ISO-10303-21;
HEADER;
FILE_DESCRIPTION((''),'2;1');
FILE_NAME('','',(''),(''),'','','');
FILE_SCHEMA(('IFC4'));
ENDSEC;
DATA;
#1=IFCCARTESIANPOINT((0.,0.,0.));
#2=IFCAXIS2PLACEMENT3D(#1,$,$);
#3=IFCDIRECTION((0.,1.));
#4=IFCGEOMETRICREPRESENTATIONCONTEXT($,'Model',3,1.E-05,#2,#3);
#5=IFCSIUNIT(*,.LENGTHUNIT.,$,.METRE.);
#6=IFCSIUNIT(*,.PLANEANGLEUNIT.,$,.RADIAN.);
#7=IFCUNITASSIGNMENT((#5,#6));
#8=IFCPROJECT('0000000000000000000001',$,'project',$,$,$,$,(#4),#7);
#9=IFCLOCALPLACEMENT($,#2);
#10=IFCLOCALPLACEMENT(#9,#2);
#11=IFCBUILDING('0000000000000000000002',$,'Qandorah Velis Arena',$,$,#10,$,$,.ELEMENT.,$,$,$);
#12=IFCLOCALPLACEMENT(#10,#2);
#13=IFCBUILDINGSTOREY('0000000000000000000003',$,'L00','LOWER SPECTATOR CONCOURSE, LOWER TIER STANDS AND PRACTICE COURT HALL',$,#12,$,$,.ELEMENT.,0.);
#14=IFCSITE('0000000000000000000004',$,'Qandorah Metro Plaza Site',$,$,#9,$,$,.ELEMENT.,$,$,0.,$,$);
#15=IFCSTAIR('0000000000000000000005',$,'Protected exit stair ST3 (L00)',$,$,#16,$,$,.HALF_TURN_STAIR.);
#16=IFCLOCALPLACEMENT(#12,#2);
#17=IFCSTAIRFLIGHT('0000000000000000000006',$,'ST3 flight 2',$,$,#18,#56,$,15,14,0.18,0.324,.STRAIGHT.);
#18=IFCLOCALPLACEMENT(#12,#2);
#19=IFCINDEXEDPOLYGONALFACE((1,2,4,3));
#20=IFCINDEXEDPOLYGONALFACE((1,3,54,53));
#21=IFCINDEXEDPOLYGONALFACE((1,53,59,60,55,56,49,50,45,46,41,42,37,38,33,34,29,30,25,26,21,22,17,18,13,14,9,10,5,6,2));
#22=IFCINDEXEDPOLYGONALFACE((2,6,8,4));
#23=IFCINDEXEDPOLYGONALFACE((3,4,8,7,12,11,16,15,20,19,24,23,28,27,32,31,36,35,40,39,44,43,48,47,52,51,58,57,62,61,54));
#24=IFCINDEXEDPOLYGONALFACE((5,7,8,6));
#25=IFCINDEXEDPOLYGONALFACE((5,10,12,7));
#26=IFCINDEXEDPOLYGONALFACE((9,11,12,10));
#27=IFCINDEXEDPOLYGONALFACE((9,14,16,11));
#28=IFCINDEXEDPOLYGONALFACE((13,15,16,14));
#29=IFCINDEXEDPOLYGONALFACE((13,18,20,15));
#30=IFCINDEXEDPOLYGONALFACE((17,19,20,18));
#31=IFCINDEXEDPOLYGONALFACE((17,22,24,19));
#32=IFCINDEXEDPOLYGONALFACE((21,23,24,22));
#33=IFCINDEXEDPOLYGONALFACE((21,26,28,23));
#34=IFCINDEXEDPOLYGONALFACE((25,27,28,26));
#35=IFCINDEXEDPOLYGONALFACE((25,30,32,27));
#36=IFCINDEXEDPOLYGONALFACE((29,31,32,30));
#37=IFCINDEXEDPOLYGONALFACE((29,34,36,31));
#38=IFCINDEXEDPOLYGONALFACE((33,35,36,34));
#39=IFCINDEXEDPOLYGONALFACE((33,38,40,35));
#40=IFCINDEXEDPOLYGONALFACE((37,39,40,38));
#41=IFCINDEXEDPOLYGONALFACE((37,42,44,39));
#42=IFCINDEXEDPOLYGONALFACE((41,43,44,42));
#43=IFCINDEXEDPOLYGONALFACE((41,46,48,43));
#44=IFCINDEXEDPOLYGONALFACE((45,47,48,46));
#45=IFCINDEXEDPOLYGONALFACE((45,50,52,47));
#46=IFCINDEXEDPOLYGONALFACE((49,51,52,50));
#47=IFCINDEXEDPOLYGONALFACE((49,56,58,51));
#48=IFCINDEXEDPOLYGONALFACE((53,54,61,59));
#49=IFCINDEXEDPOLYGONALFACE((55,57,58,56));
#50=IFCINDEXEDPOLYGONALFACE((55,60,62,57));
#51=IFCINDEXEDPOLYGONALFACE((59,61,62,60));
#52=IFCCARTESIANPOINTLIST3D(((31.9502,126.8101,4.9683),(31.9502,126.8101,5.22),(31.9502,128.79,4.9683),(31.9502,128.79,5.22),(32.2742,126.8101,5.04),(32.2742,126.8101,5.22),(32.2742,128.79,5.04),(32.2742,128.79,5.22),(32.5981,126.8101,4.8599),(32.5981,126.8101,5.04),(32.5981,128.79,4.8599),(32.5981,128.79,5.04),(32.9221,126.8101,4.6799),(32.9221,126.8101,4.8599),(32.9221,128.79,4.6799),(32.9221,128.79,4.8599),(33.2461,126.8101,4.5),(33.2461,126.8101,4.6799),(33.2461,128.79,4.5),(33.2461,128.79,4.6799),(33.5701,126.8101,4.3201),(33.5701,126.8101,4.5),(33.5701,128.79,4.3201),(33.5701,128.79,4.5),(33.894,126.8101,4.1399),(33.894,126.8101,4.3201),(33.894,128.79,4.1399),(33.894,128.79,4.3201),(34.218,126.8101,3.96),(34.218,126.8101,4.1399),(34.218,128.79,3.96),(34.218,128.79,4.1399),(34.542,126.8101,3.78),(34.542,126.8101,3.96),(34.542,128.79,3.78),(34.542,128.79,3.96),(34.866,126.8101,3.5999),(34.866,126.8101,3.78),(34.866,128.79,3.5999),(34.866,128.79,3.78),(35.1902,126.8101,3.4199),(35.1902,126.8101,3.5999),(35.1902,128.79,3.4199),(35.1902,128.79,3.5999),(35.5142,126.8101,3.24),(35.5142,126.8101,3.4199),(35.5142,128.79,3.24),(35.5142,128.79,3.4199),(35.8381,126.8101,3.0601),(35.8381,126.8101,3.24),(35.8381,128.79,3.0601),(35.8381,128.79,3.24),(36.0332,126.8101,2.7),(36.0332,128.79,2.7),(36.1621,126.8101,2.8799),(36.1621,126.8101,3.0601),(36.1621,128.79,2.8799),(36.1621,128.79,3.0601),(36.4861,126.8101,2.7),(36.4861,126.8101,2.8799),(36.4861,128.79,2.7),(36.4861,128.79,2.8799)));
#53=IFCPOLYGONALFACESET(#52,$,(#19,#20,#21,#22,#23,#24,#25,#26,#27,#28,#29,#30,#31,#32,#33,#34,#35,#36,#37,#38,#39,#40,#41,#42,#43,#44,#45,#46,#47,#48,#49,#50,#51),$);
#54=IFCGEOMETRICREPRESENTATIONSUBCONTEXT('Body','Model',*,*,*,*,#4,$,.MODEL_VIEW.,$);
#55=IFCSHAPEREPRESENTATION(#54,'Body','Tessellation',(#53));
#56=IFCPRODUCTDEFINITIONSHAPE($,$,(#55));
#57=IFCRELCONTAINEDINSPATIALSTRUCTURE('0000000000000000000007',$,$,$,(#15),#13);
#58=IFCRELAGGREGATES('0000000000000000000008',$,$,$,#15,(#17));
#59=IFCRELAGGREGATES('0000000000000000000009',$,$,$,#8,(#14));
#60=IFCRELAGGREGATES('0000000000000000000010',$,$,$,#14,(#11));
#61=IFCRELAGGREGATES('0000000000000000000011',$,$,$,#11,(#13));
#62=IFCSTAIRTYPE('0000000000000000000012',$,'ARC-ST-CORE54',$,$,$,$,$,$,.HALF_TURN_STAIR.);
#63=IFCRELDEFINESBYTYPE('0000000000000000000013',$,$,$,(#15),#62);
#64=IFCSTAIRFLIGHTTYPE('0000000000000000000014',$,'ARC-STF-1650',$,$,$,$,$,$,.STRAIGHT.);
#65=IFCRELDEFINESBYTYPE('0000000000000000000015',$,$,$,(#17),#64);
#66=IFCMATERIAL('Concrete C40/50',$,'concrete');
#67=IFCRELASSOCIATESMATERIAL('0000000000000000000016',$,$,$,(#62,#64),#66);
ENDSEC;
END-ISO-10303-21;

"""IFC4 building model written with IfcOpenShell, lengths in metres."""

from ifc_helpers import new_model, si_unit, direction, frame, origin, place, context, subcontext, project, spatial, polyline, outline, extrude, material, type_object, element, aggregate, save


model = new_model("IFC4")

# Units and contexts
model_context = context("Model", 3, precision=1e-05, world=origin(), true_north=direction((0.0, 1.0)))
body_context = subcontext(model_context, "Body", "Model", "MODEL_VIEW")
ifc_project = project(units=[si_unit("LENGTHUNIT", "METRE"), si_unit("PLANEANGLEUNIT", "RADIAN")], contexts=[model_context])

# Site, building, storey
site_placement = place(None, origin())
site = spatial("IfcSite", under=ifc_project, at=site_placement, Name="Qandorah Metro Plaza Site", CompositionType="ELEMENT", RefElevation=0.0)
building_placement = place(site_placement, origin())
building = spatial("IfcBuilding", under=site, at=building_placement, Name="Qandorah Velis Arena", CompositionType="ELEMENT")
storey_placement = place(building_placement, origin())
storey = spatial("IfcBuildingStorey", under=building, at=storey_placement, Name="L00", Description="LOWER SPECTATOR CONCOURSE, LOWER TIER STANDS AND PRACTICE COURT HALL", CompositionType="ELEMENT", Elevation=0.0)

# Shared definitions
ifc_material_1 = material(Name="Concrete C40/50", Category="concrete")

# Stair, stair flight
stair_type = type_object("IfcStairType", Name="ARC-ST-CORE54", PredefinedType="HALF_TURN_STAIR", material=ifc_material_1)
stair_placement = place(storey_placement, origin())
stair = element("IfcStair", 1, at=stair_placement, inside=storey, type_object=stair_type, Name="Protected exit stair ST3 (L00)", PredefinedType="HALF_TURN_STAIR")
stair_flight_type = type_object("IfcStairFlightType", Name="ARC-STF-1650", PredefinedType="STRAIGHT", material=ifc_material_1)
stair_flight_placement = place(storey_placement, frame((36.4861, 127.8, 2.7), z_axis=(0.0, 0.0, 1.0), x_axis=(-1.0, 0.0, 0.0)))
stair_flight = element("IfcStairFlight", 2, at=stair_flight_placement, type_object=stair_flight_type, Name="ST3 flight 2", NumberOfRisers=15, NumberOfTreads=14, PredefinedType="STRAIGHT", RiserHeight=0.18, TreadLength=0.324, context=body_context, shape_type="SweptSolid", body=[
    extrude(outline(polyline([(0.0, 0.0), (0.0, 0.1799), (0.324, 0.1799), (0.324, 0.3601), (0.6479, 0.3601), (0.6479, 0.54), (0.9719, 0.54), (0.9719, 0.72), (1.2959, 0.72), (1.2959, 0.8999), (1.6201, 0.8999), (1.6201, 1.0801), (1.9441, 1.0801), (1.9441, 1.26), (2.2681, 1.26), (2.2681, 1.4399), (2.592, 1.4399), (2.592, 1.6201), (2.916, 1.6201), (2.916, 1.8), (3.24, 1.8), (3.24, 1.98), (3.564, 1.98), (3.564, 2.1599), (3.8879, 2.1599), (3.8879, 2.3401), (4.2119, 2.3401), (4.2119, 2.52), (4.5359, 2.52), (4.5359, 2.7), (4.5359, 2.2683), (0.4529, 0.0), (0.0, 0.0)])), frame((0.0, 0.99, 0.0), z_axis=(0.0, -1.0, 0.0), x_axis=(1.0, 0.0, 0.0)), (0.0, 0.0, 1.0), 1.98),
])
aggregate(stair, [stair_flight])

save(model, "model.ifc")
